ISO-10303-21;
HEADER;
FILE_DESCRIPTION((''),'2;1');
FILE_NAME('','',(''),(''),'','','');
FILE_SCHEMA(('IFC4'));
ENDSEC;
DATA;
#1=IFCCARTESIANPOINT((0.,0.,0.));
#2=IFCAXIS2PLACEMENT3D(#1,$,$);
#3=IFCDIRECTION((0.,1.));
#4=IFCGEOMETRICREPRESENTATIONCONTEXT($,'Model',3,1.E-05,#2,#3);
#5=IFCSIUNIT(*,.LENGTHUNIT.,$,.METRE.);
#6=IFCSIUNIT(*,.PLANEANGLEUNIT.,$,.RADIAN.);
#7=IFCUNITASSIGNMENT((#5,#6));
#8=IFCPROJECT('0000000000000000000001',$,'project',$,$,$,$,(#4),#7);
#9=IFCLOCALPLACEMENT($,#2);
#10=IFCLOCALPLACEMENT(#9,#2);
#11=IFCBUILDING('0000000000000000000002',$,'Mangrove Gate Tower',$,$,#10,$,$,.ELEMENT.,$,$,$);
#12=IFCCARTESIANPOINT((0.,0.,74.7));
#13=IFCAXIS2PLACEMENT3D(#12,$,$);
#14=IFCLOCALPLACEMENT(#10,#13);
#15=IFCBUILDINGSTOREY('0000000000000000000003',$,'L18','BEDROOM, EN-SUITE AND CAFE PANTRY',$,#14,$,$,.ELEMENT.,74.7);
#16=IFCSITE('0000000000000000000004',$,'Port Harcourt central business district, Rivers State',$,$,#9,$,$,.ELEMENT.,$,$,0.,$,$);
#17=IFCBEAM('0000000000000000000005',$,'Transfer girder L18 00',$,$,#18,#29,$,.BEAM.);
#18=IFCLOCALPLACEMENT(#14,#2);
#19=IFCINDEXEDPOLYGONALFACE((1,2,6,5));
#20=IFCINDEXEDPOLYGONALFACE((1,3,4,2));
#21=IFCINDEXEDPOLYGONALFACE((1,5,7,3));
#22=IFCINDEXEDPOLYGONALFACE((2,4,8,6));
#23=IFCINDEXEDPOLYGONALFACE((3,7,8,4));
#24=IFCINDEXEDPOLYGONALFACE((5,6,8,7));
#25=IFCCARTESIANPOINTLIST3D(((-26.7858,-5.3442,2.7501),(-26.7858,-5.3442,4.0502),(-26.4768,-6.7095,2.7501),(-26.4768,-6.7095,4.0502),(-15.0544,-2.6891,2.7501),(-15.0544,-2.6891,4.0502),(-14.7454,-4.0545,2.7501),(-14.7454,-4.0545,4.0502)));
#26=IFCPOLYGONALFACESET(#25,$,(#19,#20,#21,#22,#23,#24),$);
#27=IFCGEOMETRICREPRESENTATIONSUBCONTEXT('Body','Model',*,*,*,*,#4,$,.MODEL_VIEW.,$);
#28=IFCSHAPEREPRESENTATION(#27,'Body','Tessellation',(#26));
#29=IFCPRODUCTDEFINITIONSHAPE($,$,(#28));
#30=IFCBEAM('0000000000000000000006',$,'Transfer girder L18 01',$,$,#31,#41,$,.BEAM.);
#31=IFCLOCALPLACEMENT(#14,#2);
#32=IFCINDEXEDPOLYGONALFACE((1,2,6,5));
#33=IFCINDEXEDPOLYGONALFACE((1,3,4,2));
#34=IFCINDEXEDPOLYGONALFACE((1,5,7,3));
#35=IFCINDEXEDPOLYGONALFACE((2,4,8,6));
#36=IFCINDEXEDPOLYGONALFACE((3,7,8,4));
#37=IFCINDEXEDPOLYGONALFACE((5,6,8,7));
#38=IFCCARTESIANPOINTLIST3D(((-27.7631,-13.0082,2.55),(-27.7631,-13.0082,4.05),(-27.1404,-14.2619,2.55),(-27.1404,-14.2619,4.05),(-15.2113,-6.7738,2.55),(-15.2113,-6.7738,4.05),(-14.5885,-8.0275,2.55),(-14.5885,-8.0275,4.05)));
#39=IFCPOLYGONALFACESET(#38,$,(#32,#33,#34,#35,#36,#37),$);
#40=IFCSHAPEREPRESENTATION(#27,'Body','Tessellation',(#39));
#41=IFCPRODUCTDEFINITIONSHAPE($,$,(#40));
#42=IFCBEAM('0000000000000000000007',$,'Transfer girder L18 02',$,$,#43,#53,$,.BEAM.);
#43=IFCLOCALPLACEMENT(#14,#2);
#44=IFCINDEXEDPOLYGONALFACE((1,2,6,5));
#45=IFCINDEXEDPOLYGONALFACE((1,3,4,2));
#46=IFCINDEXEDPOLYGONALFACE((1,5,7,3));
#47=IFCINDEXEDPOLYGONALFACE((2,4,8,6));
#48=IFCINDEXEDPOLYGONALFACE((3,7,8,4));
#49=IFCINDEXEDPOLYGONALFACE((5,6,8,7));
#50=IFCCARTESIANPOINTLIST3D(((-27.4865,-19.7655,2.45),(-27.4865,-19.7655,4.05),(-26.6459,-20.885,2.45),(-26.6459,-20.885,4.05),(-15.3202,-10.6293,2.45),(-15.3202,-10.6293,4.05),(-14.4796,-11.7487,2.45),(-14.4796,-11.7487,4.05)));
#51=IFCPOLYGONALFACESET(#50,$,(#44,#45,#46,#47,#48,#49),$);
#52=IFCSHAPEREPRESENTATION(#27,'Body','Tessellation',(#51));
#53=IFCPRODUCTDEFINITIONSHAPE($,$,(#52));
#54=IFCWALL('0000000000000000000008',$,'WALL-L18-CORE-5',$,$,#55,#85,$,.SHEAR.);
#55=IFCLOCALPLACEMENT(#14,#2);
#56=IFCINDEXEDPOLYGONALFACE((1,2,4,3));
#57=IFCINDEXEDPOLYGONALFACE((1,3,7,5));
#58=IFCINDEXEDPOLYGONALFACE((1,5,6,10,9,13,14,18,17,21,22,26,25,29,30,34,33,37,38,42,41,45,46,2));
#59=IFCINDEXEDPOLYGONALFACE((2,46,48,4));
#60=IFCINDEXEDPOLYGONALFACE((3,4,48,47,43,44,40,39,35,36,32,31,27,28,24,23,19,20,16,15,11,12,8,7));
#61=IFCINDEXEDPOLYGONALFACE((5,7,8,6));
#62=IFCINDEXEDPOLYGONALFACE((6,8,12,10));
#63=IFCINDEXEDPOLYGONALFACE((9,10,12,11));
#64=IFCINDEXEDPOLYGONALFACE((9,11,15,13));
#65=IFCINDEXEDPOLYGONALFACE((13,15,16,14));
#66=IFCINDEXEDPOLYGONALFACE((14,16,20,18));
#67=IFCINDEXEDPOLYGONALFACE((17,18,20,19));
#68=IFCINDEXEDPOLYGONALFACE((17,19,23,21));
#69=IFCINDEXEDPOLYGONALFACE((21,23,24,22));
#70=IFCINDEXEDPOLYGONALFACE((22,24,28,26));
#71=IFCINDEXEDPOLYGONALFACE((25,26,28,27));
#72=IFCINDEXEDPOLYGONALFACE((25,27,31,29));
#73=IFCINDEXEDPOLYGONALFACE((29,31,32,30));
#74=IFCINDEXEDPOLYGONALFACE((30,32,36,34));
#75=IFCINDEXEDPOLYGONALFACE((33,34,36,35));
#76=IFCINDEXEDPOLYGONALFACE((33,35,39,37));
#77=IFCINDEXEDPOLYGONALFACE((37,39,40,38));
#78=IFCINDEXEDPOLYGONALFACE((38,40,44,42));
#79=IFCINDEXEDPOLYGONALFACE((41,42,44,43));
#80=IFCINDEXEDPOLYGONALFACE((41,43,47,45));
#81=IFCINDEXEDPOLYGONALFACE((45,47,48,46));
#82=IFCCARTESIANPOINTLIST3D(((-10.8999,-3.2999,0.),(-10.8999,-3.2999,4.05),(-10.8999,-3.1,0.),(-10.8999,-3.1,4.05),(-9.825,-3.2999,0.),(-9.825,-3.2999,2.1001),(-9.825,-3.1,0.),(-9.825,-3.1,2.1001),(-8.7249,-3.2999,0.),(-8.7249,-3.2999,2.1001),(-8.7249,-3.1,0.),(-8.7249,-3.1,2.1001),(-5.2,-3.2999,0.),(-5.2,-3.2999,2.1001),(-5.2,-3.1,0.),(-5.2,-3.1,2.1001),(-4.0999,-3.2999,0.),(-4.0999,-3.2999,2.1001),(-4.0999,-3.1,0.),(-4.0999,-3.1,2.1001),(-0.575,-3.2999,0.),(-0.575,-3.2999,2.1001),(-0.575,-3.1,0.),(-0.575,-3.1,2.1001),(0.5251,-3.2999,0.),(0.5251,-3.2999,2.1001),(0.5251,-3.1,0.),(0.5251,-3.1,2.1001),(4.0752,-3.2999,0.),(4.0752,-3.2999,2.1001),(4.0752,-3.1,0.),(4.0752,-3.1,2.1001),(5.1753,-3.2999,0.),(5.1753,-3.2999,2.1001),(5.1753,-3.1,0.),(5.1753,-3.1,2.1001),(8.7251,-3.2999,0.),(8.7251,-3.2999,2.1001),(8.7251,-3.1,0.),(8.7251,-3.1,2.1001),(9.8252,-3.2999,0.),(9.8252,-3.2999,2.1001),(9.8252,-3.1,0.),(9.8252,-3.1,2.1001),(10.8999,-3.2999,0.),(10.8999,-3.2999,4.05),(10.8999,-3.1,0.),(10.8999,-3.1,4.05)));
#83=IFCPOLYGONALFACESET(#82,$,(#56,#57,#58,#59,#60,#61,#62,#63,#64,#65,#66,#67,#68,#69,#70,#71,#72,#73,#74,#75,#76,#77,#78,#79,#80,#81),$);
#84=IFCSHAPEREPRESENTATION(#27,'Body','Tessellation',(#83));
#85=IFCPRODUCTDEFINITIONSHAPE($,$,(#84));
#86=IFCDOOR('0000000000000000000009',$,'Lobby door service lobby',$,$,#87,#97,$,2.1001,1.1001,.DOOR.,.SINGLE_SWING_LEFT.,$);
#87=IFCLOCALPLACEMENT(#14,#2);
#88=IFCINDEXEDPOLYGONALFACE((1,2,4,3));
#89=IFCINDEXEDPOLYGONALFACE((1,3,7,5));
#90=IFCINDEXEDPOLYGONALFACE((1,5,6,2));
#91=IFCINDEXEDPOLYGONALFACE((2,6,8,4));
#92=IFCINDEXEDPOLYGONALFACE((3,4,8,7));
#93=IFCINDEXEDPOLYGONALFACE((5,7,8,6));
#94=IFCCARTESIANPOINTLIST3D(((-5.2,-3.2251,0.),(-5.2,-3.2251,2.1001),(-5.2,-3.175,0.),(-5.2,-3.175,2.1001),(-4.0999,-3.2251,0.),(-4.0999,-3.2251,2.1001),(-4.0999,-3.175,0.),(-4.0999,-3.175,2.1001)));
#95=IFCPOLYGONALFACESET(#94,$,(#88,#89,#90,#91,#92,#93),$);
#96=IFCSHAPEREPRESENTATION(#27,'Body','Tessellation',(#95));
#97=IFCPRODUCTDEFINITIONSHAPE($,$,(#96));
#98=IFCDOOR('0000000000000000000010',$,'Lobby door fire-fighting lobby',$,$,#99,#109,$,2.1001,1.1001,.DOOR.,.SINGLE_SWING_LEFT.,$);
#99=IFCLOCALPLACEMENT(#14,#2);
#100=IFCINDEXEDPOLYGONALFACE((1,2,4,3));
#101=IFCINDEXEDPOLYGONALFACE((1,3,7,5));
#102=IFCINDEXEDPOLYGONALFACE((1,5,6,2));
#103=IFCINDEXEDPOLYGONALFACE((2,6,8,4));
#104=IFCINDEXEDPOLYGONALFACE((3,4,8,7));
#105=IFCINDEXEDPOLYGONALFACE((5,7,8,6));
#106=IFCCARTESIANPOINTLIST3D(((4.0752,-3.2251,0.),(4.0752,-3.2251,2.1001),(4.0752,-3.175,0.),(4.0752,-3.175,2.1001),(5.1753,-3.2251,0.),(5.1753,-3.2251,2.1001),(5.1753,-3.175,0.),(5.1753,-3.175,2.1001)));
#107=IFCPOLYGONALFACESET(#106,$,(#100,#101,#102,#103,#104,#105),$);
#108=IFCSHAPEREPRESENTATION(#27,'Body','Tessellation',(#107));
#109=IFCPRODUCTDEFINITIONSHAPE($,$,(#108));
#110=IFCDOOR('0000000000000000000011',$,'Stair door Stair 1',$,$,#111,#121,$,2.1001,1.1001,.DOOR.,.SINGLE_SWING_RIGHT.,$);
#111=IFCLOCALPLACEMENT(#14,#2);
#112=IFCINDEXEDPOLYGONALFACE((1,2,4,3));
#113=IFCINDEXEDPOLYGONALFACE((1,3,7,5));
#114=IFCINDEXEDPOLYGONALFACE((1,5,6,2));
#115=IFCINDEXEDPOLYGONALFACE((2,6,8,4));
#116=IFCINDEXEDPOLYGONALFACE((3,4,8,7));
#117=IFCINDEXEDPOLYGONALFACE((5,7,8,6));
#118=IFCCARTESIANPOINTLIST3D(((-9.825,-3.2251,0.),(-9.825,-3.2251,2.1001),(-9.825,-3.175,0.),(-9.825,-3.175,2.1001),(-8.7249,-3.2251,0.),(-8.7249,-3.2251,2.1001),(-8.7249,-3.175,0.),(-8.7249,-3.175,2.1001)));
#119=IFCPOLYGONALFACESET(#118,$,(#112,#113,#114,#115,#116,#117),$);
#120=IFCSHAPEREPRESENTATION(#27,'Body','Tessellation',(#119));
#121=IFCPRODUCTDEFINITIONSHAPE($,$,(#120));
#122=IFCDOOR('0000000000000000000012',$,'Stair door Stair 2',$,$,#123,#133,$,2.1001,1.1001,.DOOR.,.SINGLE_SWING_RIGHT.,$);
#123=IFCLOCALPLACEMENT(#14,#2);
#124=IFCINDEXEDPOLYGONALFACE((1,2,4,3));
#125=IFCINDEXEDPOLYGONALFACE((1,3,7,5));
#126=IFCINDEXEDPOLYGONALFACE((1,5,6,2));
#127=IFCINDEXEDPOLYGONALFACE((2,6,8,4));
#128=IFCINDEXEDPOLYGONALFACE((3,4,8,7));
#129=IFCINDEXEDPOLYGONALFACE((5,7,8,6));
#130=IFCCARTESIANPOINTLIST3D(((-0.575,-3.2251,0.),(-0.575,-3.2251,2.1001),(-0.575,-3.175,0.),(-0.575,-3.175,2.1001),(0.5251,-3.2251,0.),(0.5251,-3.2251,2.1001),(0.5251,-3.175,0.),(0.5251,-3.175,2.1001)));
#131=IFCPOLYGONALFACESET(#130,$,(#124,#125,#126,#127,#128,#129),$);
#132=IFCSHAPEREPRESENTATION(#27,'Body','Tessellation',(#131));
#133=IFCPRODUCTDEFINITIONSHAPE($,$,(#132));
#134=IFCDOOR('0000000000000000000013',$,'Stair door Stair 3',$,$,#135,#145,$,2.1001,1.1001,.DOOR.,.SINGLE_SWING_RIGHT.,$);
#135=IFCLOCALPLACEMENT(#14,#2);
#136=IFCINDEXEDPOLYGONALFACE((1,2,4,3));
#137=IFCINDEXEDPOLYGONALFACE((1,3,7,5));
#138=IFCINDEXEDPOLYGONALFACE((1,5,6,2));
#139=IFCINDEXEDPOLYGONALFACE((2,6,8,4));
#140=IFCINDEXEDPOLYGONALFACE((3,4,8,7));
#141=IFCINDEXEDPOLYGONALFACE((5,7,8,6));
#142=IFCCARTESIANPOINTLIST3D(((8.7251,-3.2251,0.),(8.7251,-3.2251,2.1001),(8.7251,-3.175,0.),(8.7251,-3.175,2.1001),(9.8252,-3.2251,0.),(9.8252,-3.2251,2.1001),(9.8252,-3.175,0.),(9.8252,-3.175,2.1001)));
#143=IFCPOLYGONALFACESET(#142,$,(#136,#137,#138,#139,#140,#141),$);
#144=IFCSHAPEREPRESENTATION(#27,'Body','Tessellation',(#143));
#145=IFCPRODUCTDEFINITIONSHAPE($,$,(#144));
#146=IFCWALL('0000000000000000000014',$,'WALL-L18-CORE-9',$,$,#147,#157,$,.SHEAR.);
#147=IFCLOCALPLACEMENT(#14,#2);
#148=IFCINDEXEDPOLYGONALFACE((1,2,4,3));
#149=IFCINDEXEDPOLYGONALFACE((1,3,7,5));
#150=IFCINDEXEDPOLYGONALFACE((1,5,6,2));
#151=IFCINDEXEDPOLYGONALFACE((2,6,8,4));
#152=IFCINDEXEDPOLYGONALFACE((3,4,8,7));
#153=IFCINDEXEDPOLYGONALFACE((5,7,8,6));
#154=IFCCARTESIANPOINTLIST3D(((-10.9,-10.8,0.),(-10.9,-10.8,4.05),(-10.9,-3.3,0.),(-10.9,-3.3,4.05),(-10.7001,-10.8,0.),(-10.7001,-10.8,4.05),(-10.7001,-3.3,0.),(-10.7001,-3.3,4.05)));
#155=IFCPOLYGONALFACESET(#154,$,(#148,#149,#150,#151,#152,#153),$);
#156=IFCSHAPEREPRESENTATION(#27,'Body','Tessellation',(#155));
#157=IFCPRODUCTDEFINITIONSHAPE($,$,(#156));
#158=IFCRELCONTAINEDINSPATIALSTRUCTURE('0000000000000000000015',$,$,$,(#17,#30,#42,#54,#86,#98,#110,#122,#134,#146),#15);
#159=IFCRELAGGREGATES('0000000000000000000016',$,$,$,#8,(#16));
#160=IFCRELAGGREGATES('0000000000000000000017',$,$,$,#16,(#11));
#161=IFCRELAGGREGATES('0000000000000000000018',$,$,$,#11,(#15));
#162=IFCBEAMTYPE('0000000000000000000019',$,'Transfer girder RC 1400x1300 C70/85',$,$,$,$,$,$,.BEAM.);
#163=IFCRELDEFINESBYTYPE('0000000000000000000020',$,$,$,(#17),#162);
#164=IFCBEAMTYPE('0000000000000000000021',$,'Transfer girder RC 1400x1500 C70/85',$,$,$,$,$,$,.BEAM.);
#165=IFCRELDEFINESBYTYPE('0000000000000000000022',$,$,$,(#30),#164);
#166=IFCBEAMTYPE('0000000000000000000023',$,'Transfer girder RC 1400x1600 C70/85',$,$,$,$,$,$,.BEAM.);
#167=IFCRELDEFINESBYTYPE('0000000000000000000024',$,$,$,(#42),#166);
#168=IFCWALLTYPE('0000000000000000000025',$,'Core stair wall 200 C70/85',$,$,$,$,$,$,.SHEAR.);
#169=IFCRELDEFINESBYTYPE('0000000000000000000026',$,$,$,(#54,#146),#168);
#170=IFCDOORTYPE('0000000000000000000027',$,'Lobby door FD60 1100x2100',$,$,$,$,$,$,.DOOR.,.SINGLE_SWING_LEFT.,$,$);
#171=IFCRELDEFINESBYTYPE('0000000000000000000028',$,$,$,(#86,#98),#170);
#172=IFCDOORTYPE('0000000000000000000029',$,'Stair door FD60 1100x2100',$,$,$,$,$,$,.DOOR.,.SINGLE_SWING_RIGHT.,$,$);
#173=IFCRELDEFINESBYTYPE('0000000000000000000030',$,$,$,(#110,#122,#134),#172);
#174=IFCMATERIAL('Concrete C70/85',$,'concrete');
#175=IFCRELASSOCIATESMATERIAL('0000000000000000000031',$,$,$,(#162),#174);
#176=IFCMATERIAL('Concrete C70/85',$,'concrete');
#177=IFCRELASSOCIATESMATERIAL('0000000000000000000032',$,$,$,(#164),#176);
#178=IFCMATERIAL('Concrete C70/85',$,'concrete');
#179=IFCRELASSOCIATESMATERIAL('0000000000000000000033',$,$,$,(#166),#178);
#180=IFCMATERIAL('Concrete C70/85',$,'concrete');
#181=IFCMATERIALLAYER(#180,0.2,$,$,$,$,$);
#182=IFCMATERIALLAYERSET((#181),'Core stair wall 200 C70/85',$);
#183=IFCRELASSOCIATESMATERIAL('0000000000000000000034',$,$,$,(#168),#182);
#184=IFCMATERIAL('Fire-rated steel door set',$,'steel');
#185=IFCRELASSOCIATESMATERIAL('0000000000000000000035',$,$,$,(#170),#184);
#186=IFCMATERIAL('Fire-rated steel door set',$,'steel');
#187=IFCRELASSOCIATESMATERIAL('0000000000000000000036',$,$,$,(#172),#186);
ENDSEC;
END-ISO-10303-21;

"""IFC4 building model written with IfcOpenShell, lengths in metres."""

from ifc_helpers import new_model, si_unit, direction, frame, frame_2d, origin, origin_2d, place, context, subcontext, project, spatial, rectangle, extrude, material, layer, layer_set, material_profile, profile_set, type_object, element, fill, save


model = new_model("IFC4")

# Units and contexts
model_context = context("Model", 3, precision=1e-05, world=origin(), true_north=direction((0.0, 1.0)))
body_context = subcontext(model_context, "Body", "Model", "MODEL_VIEW")
ifc_project = project(units=[si_unit("LENGTHUNIT", "METRE"), si_unit("PLANEANGLEUNIT", "RADIAN")], contexts=[model_context])

# Site, building, storey
site_placement = place(None, origin())
site = spatial("IfcSite", under=ifc_project, at=site_placement, Name="Port Harcourt central business district, Rivers State", CompositionType="ELEMENT", RefElevation=0.0)
building_placement = place(site_placement, origin())
building = spatial("IfcBuilding", under=site, at=building_placement, Name="Mangrove Gate Tower", CompositionType="ELEMENT")
storey_placement = place(building_placement, frame((0.0, 0.0, 74.7)))
storey = spatial("IfcBuildingStorey", under=building, at=storey_placement, Name="L18", Description="BEDROOM, EN-SUITE AND CAFE PANTRY", CompositionType="ELEMENT", Elevation=74.7)

# Beams
ifc_material_1 = material(Name="Concrete C70/85", Category="concrete")
ifc_material_profile_1 = material_profile(ifc_material_1, rectangle(XDim=1.3999, YDim=1.3, at=origin_2d()))
ifc_profile_set_1 = profile_set([ifc_material_profile_1], Name="Concrete C70/85")
beam_type_1 = type_object("IfcBeamType", Name="Transfer girder RC 1400x1300 C70/85", PredefinedType="BEAM", material=ifc_profile_set_1)
beam_1_placement = place(storey_placement, frame((-14.8999, -3.3718, 3.4001), z_axis=(-0.975334, -0.220735, 0.0), x_axis=(0.220735, -0.975334, 0.0)))
element("IfcBeam", 1, at=beam_1_placement, inside=storey, type_object=beam_type_1, Name="Transfer girder L18 00", PredefinedType="BEAM", context=body_context, shape_type="SweptSolid", body=[
    extrude(rectangle(XDim=1.3999, YDim=1.3, at=origin_2d()), origin(), (0.0, 0.0, 1.0), 12.0281),
])
ifc_material_2 = material(Name="Concrete C70/85", Category="concrete")
ifc_material_profile_2 = material_profile(ifc_material_2, rectangle(XDim=1.3999, YDim=1.5, at=origin_2d()))
ifc_profile_set_2 = profile_set([ifc_material_profile_2], Name="Concrete C70/85")
beam_type_2 = type_object("IfcBeamType", Name="Transfer girder RC 1400x1500 C70/85", PredefinedType="BEAM", material=ifc_profile_set_2)
beam_2_placement = place(storey_placement, frame((-14.8999, -7.4006, 3.3), z_axis=(-0.895609, -0.444843, 0.0), x_axis=(0.444843, -0.895609, 0.0)))
element("IfcBeam", 2, at=beam_2_placement, inside=storey, type_object=beam_type_2, Name="Transfer girder L18 01", PredefinedType="BEAM", context=body_context, shape_type="SweptSolid", body=[
    extrude(rectangle(XDim=1.3999, YDim=1.5, at=origin_2d()), origin(), (0.0, 0.0, 1.0), 14.0149),
])
ifc_material_3 = material(Name="Concrete C70/85", Category="concrete")
ifc_material_profile_3 = material_profile(ifc_material_3, rectangle(XDim=1.3999, YDim=1.6001, at=origin_2d()))
ifc_profile_set_3 = profile_set([ifc_material_profile_3], Name="Concrete C70/85")
beam_type_3 = type_object("IfcBeamType", Name="Transfer girder RC 1400x1600 C70/85", PredefinedType="BEAM", material=ifc_profile_set_3)
beam_3_placement = place(storey_placement, frame((-14.8999, -11.189, 3.25), z_axis=(-0.799636, -0.600485, 0.0), x_axis=(0.600485, -0.799636, 0.0)))
element("IfcBeam", 3, at=beam_3_placement, inside=storey, type_object=beam_type_3, Name="Transfer girder L18 02", PredefinedType="BEAM", context=body_context, shape_type="SweptSolid", body=[
    extrude(rectangle(XDim=1.3999, YDim=1.6001, at=origin_2d()), origin(), (0.0, 0.0, 1.0), 15.2148),
])

# Wall, openings, doors
ifc_material_4 = material(Name="Concrete C70/85", Category="concrete")
ifc_layer_1 = layer(ifc_material_4, 0.2)
ifc_layer_set_1 = layer_set([ifc_layer_1], Name="Core stair wall 200 C70/85")
wall_type_1 = type_object("IfcWallType", Name="Core stair wall 200 C70/85", PredefinedType="SHEAR", material=ifc_layer_set_1)
wall_1_placement = place(storey_placement, frame((-10.8999, -3.2, 0.0), z_axis=(0.0, 0.0, 1.0), x_axis=(1.0, 0.0, 0.0)))
wall_1 = element("IfcWall", 4, at=wall_1_placement, inside=storey, type_object=wall_type_1, Name="WALL-L18-CORE-5", PredefinedType="SHEAR", context=body_context, shape_type="SweptSolid", body=[
    extrude(rectangle(XDim=21.7998, YDim=0.2, at=frame_2d((10.8999, 0.0))), origin(), (0.0, 0.0, 1.0), 4.05),
])
opening_1_placement = place(wall_1_placement, frame((1.075, 0.0, 0.0)))
opening_1 = element("IfcOpeningElement", 5, at=opening_1_placement, cuts=wall_1, PredefinedType="OPENING", context=body_context, shape_type="SweptSolid", body=[
    extrude(rectangle(XDim=1.1001, YDim=2.1001, at=frame_2d((0.55, 1.05))), frame((0.0, 0.1099, 0.0), z_axis=(0.0, -1.0, 0.0), x_axis=(1.0, 0.0, 0.0)), (0.0, 0.0, 1.0), 0.22),
])
opening_2_placement = place(wall_1_placement, frame((10.325, 0.0, 0.0)))
opening_2 = element("IfcOpeningElement", 6, at=opening_2_placement, cuts=wall_1, PredefinedType="OPENING", context=body_context, shape_type="SweptSolid", body=[
    extrude(rectangle(XDim=1.1001, YDim=2.1001, at=frame_2d((0.55, 1.05))), frame((0.0, 0.1099, 0.0), z_axis=(0.0, -1.0, 0.0), x_axis=(1.0, 0.0, 0.0)), (0.0, 0.0, 1.0), 0.22),
])
opening_3_placement = place(wall_1_placement, frame((19.625, 0.0, 0.0)))
opening_3 = element("IfcOpeningElement", 7, at=opening_3_placement, cuts=wall_1, PredefinedType="OPENING", context=body_context, shape_type="SweptSolid", body=[
    extrude(rectangle(XDim=1.1001, YDim=2.1001, at=frame_2d((0.55, 1.05))), frame((0.0, 0.1099, 0.0), z_axis=(0.0, -1.0, 0.0), x_axis=(1.0, 0.0, 0.0)), (0.0, 0.0, 1.0), 0.22),
])
opening_4_placement = place(wall_1_placement, frame((5.7, 0.0, 0.0)))
opening_4 = element("IfcOpeningElement", 8, at=opening_4_placement, cuts=wall_1, PredefinedType="OPENING", context=body_context, shape_type="SweptSolid", body=[
    extrude(rectangle(XDim=1.1001, YDim=2.1001, at=frame_2d((0.55, 1.05))), frame((0.0, 0.1099, 0.0), z_axis=(0.0, -1.0, 0.0), x_axis=(1.0, 0.0, 0.0)), (0.0, 0.0, 1.0), 0.22),
])
opening_5_placement = place(wall_1_placement, frame((14.9751, 0.0, 0.0)))
opening_5 = element("IfcOpeningElement", 9, at=opening_5_placement, cuts=wall_1, PredefinedType="OPENING", context=body_context, shape_type="SweptSolid", body=[
    extrude(rectangle(XDim=1.1001, YDim=2.1001, at=frame_2d((0.55, 1.05))), frame((0.0, 0.1099, 0.0), z_axis=(0.0, -1.0, 0.0), x_axis=(1.0, 0.0, 0.0)), (0.0, 0.0, 1.0), 0.22),
])
ifc_material_5 = material(Name="Fire-rated steel door set", Category="steel")
door_type_1 = type_object("IfcDoorType", Name="Lobby door FD60 1100x2100", OperationType="SINGLE_SWING_LEFT", PredefinedType="DOOR", material=ifc_material_5)
door_1_placement = place(opening_4_placement, origin())
door_1 = element("IfcDoor", 10, at=door_1_placement, inside=storey, type_object=door_type_1, Name="Lobby door service lobby", OperationType="SINGLE_SWING_LEFT", OverallHeight=2.1001, OverallWidth=1.1001, PredefinedType="DOOR", context=body_context, shape_type="SweptSolid", body=[
    extrude(rectangle(XDim=1.1001, YDim=2.1001, at=frame_2d((0.55, 1.05))), frame((0.0, 0.0249, 0.0), z_axis=(0.0, -1.0, 0.0), x_axis=(1.0, 0.0, 0.0)), (0.0, 0.0, 1.0), 0.05),
])
fill(opening_4, door_1)
door_2_placement = place(opening_5_placement, origin())
door_2 = element("IfcDoor", 11, at=door_2_placement, inside=storey, type_object=door_type_1, Name="Lobby door fire-fighting lobby", OperationType="SINGLE_SWING_LEFT", OverallHeight=2.1001, OverallWidth=1.1001, PredefinedType="DOOR", context=body_context, shape_type="SweptSolid", body=[
    extrude(rectangle(XDim=1.1001, YDim=2.1001, at=frame_2d((0.55, 1.05))), frame((0.0, 0.0249, 0.0), z_axis=(0.0, -1.0, 0.0), x_axis=(1.0, 0.0, 0.0)), (0.0, 0.0, 1.0), 0.05),
])
fill(opening_5, door_2)
ifc_material_6 = material(Name="Fire-rated steel door set", Category="steel")
door_type_2 = type_object("IfcDoorType", Name="Stair door FD60 1100x2100", OperationType="SINGLE_SWING_RIGHT", PredefinedType="DOOR", material=ifc_material_6)
door_3_placement = place(opening_1_placement, origin())
door_3 = element("IfcDoor", 12, at=door_3_placement, inside=storey, type_object=door_type_2, Name="Stair door Stair 1", OperationType="SINGLE_SWING_RIGHT", OverallHeight=2.1001, OverallWidth=1.1001, PredefinedType="DOOR", context=body_context, shape_type="SweptSolid", body=[
    extrude(rectangle(XDim=1.1001, YDim=2.1001, at=frame_2d((0.55, 1.05))), frame((0.0, 0.0249, 0.0), z_axis=(0.0, -1.0, 0.0), x_axis=(1.0, 0.0, 0.0)), (0.0, 0.0, 1.0), 0.05),
])
fill(opening_1, door_3)
door_4_placement = place(opening_2_placement, origin())
door_4 = element("IfcDoor", 13, at=door_4_placement, inside=storey, type_object=door_type_2, Name="Stair door Stair 2", OperationType="SINGLE_SWING_RIGHT", OverallHeight=2.1001, OverallWidth=1.1001, PredefinedType="DOOR", context=body_context, shape_type="SweptSolid", body=[
    extrude(rectangle(XDim=1.1001, YDim=2.1001, at=frame_2d((0.55, 1.05))), frame((0.0, 0.0249, 0.0), z_axis=(0.0, -1.0, 0.0), x_axis=(1.0, 0.0, 0.0)), (0.0, 0.0, 1.0), 0.05),
])
fill(opening_2, door_4)
door_5_placement = place(opening_3_placement, origin())
door_5 = element("IfcDoor", 14, at=door_5_placement, inside=storey, type_object=door_type_2, Name="Stair door Stair 3", OperationType="SINGLE_SWING_RIGHT", OverallHeight=2.1001, OverallWidth=1.1001, PredefinedType="DOOR", context=body_context, shape_type="SweptSolid", body=[
    extrude(rectangle(XDim=1.1001, YDim=2.1001, at=frame_2d((0.55, 1.05))), frame((0.0, 0.0249, 0.0), z_axis=(0.0, -1.0, 0.0), x_axis=(1.0, 0.0, 0.0)), (0.0, 0.0, 1.0), 0.05),
])
fill(opening_3, door_5)

# Wall
wall_2_placement = place(storey_placement, frame((-10.8, -10.8, 0.0), z_axis=(0.0, 0.0, 1.0), x_axis=(0.0, 1.0, 0.0)))
element("IfcWall", 15, at=wall_2_placement, inside=storey, type_object=wall_type_1, Name="WALL-L18-CORE-9", PredefinedType="SHEAR", context=body_context, shape_type="SweptSolid", body=[
    extrude(rectangle(XDim=7.5, YDim=0.2, at=frame_2d((3.75, 0.0))), origin(), (0.0, 0.0, 1.0), 4.05),
])

save(model, "model.ifc")
